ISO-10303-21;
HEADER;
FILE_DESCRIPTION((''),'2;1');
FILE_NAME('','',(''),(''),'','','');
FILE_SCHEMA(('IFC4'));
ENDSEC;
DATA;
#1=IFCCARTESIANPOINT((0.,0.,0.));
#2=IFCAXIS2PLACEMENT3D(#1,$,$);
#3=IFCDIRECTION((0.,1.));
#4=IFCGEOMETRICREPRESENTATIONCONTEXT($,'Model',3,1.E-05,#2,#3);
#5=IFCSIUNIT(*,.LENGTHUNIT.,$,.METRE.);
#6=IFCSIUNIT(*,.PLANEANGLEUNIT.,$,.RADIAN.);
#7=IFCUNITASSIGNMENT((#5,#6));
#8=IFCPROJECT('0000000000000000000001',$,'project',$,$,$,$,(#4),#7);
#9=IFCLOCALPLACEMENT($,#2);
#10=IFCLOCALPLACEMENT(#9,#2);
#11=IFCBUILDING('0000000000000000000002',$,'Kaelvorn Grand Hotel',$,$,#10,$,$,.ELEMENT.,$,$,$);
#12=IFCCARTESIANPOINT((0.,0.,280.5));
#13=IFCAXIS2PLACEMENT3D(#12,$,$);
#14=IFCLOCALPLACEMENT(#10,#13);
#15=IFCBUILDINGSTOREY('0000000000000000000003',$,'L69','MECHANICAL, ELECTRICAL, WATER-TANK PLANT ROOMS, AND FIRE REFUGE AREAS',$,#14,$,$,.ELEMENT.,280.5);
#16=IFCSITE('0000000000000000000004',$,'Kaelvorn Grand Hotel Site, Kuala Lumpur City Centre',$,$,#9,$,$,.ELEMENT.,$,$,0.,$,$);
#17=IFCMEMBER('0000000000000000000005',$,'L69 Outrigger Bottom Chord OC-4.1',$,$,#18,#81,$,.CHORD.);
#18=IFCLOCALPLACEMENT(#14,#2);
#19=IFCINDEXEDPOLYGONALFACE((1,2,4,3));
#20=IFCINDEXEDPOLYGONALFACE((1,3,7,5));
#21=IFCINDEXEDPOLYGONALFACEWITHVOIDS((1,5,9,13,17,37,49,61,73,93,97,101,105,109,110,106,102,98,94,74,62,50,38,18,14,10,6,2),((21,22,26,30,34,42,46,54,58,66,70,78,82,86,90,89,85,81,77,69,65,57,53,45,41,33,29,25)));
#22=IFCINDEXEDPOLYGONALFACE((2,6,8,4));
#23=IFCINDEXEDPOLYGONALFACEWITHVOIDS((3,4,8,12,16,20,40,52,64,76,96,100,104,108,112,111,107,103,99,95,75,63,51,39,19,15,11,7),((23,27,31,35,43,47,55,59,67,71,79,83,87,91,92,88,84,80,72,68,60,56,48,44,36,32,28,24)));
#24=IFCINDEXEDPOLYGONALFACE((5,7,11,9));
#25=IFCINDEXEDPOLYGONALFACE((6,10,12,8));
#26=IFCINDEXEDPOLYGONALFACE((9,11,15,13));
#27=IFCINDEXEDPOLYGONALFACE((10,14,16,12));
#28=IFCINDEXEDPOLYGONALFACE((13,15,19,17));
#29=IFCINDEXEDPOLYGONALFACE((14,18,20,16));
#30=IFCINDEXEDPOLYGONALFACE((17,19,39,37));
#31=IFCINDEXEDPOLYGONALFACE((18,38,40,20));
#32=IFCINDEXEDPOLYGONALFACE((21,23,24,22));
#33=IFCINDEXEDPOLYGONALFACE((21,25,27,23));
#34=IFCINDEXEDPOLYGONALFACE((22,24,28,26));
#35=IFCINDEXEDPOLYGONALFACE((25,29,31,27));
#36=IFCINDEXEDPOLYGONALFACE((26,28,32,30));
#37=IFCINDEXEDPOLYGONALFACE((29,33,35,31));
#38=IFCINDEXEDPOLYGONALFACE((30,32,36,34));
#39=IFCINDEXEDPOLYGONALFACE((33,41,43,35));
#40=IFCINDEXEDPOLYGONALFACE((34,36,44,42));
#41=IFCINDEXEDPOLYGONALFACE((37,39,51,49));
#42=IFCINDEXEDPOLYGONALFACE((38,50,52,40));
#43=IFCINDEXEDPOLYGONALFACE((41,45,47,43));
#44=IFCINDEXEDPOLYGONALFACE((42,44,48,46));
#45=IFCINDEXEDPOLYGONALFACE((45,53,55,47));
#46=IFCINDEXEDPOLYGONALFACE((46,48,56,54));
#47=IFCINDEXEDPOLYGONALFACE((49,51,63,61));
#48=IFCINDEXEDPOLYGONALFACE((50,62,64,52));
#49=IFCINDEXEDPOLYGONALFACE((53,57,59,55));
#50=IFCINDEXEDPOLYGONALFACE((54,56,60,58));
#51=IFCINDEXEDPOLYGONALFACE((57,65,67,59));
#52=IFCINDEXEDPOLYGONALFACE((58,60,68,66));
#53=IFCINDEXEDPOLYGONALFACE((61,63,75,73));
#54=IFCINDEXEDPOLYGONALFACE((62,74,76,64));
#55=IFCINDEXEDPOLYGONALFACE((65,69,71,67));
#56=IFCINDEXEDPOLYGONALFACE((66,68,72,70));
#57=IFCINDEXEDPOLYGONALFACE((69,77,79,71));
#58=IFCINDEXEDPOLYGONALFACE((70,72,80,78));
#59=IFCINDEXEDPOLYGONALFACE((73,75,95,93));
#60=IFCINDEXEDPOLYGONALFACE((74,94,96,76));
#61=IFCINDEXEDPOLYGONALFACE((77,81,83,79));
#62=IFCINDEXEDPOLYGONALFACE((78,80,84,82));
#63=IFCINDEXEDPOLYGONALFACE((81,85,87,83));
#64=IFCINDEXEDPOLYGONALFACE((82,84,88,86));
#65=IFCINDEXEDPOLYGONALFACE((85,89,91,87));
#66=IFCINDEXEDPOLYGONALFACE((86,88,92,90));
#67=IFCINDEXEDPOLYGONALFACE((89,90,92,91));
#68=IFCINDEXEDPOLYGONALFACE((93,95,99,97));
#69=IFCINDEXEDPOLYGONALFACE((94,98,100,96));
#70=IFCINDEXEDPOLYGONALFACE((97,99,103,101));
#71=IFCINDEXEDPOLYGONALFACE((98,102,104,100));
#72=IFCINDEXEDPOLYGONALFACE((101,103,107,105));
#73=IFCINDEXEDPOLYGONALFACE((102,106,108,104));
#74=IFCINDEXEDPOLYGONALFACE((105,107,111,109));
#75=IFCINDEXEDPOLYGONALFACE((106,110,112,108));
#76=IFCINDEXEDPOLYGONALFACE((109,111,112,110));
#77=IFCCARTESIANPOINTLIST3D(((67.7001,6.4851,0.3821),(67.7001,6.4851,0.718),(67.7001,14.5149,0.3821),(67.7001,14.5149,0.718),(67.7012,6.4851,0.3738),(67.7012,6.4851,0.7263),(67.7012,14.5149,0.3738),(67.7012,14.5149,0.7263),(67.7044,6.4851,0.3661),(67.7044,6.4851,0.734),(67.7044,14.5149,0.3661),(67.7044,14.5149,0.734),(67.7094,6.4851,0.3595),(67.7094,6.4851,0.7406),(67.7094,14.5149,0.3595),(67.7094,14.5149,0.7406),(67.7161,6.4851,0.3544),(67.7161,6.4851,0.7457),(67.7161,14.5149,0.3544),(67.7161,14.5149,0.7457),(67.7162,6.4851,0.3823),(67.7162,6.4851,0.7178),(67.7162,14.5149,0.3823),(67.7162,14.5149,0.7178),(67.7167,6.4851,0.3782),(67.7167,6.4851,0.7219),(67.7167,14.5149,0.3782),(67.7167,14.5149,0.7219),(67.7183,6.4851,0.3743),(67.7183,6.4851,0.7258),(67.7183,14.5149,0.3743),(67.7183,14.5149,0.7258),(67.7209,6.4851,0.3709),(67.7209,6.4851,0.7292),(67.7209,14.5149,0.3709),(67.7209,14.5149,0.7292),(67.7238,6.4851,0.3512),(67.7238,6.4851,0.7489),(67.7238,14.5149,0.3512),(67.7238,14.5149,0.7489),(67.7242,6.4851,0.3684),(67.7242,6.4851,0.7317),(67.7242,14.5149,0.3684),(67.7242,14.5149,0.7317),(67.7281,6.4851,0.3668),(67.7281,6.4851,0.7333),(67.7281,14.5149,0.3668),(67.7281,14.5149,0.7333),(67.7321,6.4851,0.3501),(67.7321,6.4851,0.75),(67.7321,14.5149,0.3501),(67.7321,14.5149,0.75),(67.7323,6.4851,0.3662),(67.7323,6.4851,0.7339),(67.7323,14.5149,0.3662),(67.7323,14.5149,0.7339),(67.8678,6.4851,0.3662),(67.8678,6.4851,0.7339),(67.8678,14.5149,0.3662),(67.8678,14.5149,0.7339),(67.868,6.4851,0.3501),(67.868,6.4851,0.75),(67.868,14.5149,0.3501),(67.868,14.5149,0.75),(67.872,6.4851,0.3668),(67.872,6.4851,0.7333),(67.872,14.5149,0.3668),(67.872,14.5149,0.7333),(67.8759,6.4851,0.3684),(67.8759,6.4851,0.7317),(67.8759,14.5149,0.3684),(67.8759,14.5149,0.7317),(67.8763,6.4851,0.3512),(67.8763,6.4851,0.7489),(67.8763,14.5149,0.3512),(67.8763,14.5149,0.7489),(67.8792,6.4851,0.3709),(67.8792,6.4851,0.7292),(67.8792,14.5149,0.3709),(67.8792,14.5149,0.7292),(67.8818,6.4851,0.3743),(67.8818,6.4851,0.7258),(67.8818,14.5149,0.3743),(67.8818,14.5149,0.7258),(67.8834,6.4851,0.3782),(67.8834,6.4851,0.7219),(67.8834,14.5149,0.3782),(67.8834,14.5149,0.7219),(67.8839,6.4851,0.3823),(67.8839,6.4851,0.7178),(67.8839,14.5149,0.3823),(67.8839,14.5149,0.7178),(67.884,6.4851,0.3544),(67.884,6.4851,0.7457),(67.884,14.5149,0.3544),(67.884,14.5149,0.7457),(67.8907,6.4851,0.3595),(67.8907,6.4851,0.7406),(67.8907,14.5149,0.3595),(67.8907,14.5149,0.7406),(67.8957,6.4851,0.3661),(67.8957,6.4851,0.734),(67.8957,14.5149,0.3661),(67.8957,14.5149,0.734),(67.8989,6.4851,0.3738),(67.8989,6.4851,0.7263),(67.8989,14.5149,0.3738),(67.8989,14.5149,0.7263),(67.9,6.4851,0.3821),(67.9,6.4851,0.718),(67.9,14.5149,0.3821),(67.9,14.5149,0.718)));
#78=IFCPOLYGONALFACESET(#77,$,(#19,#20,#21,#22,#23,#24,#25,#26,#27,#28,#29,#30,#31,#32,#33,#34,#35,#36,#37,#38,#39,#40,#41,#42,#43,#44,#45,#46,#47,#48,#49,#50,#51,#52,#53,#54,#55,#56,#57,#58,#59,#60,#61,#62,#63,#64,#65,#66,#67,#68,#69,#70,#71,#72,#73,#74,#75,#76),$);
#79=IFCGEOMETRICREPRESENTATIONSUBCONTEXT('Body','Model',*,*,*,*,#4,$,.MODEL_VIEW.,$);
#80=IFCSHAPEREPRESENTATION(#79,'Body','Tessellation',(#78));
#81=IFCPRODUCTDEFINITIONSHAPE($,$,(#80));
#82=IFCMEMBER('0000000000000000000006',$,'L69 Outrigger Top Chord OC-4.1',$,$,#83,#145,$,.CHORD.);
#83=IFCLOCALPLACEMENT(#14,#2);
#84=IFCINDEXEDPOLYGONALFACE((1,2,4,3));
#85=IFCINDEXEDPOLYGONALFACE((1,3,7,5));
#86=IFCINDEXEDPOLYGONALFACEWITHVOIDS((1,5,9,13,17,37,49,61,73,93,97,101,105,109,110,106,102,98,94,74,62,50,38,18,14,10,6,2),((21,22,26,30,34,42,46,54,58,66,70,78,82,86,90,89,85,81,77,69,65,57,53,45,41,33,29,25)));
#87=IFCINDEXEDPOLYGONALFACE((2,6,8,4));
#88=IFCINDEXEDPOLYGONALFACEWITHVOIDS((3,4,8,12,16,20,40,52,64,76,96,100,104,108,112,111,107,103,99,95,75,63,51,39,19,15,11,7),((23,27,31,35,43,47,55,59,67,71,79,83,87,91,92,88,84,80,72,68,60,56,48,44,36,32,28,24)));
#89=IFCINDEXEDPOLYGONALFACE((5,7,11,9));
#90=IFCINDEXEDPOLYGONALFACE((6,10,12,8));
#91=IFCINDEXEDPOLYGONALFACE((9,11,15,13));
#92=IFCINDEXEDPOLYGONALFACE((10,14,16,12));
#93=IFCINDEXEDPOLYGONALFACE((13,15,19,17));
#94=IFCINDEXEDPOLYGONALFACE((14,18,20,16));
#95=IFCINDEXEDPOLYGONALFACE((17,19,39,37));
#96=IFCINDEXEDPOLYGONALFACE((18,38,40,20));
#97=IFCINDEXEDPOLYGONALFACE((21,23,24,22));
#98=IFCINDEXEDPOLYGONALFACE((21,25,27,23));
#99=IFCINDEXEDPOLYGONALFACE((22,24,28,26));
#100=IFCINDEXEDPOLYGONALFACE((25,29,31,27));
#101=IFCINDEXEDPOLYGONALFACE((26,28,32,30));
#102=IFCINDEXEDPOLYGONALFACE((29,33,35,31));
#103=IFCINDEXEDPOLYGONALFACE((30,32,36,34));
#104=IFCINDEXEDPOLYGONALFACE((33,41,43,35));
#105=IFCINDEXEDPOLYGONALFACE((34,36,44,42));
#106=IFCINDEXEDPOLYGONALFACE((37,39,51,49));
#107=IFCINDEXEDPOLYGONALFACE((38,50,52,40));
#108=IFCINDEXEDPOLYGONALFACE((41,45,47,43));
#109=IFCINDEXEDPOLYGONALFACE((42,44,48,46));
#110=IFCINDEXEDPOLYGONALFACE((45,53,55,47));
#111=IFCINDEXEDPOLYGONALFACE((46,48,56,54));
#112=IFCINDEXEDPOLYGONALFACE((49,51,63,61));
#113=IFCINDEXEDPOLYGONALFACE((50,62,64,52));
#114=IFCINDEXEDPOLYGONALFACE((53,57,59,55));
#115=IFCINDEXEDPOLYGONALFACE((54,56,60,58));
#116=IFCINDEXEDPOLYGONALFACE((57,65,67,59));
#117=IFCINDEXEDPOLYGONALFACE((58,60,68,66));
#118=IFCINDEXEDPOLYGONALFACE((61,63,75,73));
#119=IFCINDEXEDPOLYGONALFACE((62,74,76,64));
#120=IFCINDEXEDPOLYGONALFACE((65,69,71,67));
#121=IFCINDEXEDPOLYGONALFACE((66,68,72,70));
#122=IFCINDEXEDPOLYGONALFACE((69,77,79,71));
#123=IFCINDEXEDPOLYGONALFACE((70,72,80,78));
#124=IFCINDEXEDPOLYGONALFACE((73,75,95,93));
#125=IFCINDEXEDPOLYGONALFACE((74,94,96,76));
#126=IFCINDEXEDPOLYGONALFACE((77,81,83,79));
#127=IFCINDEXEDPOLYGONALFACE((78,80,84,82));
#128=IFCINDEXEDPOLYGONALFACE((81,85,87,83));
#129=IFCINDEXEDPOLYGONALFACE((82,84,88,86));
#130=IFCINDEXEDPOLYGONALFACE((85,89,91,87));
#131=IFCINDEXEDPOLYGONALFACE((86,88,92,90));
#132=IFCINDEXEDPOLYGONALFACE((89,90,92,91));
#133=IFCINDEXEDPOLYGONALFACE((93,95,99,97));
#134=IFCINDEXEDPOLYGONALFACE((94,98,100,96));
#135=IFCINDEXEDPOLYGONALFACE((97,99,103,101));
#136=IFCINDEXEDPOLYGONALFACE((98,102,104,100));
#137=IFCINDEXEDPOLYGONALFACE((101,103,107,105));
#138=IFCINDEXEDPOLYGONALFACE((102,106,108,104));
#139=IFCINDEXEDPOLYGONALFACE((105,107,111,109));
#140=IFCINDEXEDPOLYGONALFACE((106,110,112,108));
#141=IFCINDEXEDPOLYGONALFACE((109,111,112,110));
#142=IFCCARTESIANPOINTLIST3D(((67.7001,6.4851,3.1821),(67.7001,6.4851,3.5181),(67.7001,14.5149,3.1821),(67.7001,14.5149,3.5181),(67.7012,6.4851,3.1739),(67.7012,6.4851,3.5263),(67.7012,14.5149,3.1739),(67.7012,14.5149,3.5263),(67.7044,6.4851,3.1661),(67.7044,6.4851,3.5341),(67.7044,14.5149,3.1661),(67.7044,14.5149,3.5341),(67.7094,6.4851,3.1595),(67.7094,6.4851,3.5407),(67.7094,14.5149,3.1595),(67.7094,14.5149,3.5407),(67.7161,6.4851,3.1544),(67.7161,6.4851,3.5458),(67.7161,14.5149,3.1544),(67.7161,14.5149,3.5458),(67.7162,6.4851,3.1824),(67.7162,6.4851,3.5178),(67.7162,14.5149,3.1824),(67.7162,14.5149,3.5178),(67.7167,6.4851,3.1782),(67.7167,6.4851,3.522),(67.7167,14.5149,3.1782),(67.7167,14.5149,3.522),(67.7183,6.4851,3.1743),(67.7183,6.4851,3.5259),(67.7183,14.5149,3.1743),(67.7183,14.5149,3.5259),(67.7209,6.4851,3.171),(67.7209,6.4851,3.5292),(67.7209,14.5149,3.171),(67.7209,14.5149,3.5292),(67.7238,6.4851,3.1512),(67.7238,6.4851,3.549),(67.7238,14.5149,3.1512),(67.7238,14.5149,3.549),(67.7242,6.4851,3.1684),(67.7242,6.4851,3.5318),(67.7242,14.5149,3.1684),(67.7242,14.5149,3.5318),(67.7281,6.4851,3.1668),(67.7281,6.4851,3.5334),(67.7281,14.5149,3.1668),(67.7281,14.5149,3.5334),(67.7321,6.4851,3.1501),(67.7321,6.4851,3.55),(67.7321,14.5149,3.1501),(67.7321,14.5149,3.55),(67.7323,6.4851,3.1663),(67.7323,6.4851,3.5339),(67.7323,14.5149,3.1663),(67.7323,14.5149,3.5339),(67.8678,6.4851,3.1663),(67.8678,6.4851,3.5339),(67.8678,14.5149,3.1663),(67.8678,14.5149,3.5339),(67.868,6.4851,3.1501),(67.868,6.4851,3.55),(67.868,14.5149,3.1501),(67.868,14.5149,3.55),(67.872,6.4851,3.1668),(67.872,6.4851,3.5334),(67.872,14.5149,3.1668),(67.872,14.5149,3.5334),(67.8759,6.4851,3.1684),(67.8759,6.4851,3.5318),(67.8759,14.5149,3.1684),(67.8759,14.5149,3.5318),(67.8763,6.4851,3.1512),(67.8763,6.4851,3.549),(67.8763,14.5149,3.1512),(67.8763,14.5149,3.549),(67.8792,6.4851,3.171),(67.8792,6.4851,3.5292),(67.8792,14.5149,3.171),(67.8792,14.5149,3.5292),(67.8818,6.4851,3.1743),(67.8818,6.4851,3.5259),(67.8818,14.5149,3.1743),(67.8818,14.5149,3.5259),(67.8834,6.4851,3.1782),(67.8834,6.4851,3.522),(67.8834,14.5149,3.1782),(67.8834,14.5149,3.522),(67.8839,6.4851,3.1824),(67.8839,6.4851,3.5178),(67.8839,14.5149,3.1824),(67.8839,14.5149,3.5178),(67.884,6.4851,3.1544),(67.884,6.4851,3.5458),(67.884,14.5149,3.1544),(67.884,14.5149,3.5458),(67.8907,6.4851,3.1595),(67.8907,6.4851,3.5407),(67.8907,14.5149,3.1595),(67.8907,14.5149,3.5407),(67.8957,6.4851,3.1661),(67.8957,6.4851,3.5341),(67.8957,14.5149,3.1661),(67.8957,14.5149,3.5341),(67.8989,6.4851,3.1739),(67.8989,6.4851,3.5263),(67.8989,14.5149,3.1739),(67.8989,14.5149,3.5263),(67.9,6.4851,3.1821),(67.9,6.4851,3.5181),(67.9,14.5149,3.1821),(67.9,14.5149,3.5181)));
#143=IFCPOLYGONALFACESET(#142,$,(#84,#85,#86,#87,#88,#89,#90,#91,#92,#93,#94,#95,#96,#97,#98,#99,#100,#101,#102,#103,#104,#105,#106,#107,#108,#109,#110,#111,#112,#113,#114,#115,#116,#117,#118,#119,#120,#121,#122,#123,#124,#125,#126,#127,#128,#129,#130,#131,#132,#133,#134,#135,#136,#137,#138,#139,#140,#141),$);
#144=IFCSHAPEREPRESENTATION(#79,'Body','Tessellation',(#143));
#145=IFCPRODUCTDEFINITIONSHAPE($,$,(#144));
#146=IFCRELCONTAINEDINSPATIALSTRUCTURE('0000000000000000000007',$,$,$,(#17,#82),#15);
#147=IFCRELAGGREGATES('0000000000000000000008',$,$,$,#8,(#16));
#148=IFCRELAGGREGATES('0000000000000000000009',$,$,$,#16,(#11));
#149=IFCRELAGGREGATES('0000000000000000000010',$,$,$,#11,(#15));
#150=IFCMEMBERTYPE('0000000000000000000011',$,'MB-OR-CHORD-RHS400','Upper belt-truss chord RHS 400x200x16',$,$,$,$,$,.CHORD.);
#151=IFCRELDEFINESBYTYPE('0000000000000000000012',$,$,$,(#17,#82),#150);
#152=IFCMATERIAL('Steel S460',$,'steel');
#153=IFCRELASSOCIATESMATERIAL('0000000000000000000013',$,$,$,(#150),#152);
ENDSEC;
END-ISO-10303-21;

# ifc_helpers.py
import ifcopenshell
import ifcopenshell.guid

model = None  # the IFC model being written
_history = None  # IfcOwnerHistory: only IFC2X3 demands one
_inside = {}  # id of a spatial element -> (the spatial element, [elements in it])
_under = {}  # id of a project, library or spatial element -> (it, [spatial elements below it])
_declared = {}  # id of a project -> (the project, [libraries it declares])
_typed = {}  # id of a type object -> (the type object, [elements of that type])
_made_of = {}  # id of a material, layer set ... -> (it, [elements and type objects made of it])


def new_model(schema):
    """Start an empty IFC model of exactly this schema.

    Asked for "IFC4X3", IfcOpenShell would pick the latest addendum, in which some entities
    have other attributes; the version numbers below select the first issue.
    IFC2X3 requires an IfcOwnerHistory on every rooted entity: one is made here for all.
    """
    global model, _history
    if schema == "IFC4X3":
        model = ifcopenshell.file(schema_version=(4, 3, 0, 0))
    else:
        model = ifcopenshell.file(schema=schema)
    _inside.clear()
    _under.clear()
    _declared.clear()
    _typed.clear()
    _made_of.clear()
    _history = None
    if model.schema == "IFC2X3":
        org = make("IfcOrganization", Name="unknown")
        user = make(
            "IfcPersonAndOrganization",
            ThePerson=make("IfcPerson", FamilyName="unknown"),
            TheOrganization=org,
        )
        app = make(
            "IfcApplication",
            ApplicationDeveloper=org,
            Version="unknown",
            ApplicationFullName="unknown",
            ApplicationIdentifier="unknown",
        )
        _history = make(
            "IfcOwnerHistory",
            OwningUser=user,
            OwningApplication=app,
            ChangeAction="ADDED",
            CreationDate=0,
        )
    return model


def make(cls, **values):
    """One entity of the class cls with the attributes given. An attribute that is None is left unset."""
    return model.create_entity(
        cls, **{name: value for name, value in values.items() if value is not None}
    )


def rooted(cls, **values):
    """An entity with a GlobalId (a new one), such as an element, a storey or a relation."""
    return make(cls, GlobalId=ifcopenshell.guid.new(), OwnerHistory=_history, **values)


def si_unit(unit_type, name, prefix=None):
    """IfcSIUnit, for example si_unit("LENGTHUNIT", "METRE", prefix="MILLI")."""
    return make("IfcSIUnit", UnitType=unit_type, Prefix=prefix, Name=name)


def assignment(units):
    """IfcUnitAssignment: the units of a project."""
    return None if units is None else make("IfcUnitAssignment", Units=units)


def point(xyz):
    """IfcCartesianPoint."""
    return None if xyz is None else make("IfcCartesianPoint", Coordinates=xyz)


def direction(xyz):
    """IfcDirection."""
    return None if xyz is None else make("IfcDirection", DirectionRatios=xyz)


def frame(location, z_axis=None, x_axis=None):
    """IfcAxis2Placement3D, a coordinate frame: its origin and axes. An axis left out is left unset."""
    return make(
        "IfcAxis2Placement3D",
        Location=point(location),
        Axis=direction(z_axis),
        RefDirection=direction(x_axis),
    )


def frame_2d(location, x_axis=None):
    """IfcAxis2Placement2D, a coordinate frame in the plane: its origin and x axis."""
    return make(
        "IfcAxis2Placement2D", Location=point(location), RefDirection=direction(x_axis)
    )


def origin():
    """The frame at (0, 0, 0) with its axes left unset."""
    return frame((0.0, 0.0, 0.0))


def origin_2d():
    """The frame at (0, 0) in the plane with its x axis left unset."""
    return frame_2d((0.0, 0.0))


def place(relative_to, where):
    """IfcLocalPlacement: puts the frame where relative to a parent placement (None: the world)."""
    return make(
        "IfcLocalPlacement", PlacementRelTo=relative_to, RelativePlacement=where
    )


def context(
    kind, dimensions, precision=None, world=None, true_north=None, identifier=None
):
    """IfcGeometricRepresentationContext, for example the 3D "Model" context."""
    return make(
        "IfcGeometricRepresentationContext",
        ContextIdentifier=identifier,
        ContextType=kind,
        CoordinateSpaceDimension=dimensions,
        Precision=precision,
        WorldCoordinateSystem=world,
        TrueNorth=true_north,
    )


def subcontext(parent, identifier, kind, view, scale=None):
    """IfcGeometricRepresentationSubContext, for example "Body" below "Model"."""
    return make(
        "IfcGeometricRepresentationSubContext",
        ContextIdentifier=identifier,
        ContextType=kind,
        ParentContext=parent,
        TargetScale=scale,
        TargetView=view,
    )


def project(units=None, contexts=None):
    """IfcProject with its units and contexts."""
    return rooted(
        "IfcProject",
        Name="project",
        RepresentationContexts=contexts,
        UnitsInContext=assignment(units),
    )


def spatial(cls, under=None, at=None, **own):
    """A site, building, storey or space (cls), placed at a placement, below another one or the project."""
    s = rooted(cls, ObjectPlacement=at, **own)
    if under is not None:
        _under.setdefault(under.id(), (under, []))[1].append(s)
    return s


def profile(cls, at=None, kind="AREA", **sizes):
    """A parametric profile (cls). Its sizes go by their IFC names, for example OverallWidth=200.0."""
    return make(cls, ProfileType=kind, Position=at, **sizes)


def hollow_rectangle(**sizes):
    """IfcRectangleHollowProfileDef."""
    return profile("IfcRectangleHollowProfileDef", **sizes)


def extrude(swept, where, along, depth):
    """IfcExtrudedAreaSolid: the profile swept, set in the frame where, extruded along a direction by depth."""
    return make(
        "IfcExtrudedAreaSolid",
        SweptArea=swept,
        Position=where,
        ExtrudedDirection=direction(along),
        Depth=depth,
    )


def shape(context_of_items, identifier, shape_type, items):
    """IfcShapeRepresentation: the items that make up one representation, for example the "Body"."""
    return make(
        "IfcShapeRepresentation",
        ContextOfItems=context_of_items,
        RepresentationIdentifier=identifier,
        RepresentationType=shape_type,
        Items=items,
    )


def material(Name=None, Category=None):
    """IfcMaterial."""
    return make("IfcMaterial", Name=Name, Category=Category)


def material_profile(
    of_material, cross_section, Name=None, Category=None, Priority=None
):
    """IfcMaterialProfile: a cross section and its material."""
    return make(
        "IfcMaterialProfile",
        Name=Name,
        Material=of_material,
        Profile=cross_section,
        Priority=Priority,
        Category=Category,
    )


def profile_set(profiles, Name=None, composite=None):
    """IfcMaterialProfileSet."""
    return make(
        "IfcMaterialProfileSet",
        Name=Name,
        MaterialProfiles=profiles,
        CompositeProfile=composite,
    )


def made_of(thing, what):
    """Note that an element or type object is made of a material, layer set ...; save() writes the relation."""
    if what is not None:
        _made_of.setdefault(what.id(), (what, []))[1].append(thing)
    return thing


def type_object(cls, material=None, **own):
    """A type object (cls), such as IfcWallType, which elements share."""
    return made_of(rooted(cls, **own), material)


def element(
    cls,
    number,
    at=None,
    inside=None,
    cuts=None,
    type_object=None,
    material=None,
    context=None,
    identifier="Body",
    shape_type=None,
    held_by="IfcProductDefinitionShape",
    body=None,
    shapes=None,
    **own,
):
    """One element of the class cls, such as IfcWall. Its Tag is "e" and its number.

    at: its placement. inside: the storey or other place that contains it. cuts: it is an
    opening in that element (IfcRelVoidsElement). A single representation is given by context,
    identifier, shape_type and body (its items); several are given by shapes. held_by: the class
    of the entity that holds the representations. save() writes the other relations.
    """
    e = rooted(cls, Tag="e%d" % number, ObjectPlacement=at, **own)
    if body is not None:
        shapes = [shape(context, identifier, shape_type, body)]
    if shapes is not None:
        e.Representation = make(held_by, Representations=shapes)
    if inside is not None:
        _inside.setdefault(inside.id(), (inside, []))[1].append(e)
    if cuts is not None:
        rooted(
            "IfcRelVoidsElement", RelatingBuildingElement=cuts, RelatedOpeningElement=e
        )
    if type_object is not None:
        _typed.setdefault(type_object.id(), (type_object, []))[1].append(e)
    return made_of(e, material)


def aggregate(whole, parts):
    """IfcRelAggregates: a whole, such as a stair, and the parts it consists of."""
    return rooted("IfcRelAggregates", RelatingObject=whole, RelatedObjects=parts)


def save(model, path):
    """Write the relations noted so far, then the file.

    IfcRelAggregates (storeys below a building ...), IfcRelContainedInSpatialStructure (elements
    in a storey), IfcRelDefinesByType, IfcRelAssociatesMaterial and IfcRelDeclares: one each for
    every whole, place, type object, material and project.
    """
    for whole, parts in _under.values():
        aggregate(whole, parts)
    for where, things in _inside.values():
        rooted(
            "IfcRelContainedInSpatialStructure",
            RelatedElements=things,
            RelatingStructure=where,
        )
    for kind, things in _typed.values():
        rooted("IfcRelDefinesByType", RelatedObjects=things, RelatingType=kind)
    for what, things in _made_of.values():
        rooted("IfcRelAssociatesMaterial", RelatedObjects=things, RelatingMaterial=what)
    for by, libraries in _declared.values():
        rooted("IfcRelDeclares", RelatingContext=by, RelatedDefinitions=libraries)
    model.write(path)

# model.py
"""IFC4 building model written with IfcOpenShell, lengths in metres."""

from ifc_helpers import new_model, si_unit, direction, frame, origin, origin_2d, place, context, subcontext, project, spatial, hollow_rectangle, extrude, material, material_profile, profile_set, type_object, element, save


model = new_model("IFC4")

# Units and contexts
model_context = context("Model", 3, precision=1e-05, world=origin(), true_north=direction((0.0, 1.0)))
body_context = subcontext(model_context, "Body", "Model", "MODEL_VIEW")
ifc_project = project(units=[si_unit("LENGTHUNIT", "METRE"), si_unit("PLANEANGLEUNIT", "RADIAN")], contexts=[model_context])

# Site, building, storey
site_placement = place(None, origin())
site = spatial("IfcSite", under=ifc_project, at=site_placement, Name="Kaelvorn Grand Hotel Site, Kuala Lumpur City Centre", CompositionType="ELEMENT", RefElevation=0.0)
building_placement = place(site_placement, origin())
building = spatial("IfcBuilding", under=site, at=building_placement, Name="Kaelvorn Grand Hotel", CompositionType="ELEMENT")
storey_placement = place(building_placement, frame((0.0, 0.0, 280.5)))
storey = spatial("IfcBuildingStorey", under=building, at=storey_placement, Name="L69", Description="MECHANICAL, ELECTRICAL, WATER-TANK PLANT ROOMS, AND FIRE REFUGE AREAS", CompositionType="ELEMENT", Elevation=280.5)

# Members
ifc_material_1 = material(Name="Steel S460", Category="steel")
ifc_material_profile_1 = material_profile(ifc_material_1, hollow_rectangle(XDim=0.2, YDim=0.3999, WallThickness=0.0161, InnerFilletRadius=0.0161, OuterFilletRadius=0.032, at=origin_2d()), Name="RHS 400x200x16.0")
ifc_profile_set_1 = profile_set([ifc_material_profile_1], Name="Steel S460")
member_type_1 = type_object("IfcMemberType", Name="MB-OR-CHORD-RHS400", Description="Upper belt-truss chord RHS 400x200x16", PredefinedType="CHORD", material=ifc_profile_set_1)
for number, where, z_axis, x_axis, name in (
    (1, (67.8, 6.4851, 0.55), (0.0, 1.0, 0.0), (-1.0, 0.0, 0.0), "L69 Outrigger Bottom Chord OC-4.1"),
    (2, (67.8, 6.4851, 3.3501), (0.0, 1.0, 0.0), (-1.0, 0.0, 0.0), "L69 Outrigger Top Chord OC-4.1"),
):
    element("IfcMember", number, at=place(storey_placement, frame(where, z_axis=z_axis, x_axis=x_axis)), inside=storey, type_object=member_type_1, Name=name, PredefinedType="CHORD", context=body_context, shape_type="SweptSolid", body=[
        extrude(hollow_rectangle(XDim=0.2, YDim=0.3999, WallThickness=0.0161, InnerFilletRadius=0.0161, OuterFilletRadius=0.032, at=origin_2d()), origin(), (0.0, 0.0, 1.0), 8.0298),
    ])

save(model, "model.ifc")
